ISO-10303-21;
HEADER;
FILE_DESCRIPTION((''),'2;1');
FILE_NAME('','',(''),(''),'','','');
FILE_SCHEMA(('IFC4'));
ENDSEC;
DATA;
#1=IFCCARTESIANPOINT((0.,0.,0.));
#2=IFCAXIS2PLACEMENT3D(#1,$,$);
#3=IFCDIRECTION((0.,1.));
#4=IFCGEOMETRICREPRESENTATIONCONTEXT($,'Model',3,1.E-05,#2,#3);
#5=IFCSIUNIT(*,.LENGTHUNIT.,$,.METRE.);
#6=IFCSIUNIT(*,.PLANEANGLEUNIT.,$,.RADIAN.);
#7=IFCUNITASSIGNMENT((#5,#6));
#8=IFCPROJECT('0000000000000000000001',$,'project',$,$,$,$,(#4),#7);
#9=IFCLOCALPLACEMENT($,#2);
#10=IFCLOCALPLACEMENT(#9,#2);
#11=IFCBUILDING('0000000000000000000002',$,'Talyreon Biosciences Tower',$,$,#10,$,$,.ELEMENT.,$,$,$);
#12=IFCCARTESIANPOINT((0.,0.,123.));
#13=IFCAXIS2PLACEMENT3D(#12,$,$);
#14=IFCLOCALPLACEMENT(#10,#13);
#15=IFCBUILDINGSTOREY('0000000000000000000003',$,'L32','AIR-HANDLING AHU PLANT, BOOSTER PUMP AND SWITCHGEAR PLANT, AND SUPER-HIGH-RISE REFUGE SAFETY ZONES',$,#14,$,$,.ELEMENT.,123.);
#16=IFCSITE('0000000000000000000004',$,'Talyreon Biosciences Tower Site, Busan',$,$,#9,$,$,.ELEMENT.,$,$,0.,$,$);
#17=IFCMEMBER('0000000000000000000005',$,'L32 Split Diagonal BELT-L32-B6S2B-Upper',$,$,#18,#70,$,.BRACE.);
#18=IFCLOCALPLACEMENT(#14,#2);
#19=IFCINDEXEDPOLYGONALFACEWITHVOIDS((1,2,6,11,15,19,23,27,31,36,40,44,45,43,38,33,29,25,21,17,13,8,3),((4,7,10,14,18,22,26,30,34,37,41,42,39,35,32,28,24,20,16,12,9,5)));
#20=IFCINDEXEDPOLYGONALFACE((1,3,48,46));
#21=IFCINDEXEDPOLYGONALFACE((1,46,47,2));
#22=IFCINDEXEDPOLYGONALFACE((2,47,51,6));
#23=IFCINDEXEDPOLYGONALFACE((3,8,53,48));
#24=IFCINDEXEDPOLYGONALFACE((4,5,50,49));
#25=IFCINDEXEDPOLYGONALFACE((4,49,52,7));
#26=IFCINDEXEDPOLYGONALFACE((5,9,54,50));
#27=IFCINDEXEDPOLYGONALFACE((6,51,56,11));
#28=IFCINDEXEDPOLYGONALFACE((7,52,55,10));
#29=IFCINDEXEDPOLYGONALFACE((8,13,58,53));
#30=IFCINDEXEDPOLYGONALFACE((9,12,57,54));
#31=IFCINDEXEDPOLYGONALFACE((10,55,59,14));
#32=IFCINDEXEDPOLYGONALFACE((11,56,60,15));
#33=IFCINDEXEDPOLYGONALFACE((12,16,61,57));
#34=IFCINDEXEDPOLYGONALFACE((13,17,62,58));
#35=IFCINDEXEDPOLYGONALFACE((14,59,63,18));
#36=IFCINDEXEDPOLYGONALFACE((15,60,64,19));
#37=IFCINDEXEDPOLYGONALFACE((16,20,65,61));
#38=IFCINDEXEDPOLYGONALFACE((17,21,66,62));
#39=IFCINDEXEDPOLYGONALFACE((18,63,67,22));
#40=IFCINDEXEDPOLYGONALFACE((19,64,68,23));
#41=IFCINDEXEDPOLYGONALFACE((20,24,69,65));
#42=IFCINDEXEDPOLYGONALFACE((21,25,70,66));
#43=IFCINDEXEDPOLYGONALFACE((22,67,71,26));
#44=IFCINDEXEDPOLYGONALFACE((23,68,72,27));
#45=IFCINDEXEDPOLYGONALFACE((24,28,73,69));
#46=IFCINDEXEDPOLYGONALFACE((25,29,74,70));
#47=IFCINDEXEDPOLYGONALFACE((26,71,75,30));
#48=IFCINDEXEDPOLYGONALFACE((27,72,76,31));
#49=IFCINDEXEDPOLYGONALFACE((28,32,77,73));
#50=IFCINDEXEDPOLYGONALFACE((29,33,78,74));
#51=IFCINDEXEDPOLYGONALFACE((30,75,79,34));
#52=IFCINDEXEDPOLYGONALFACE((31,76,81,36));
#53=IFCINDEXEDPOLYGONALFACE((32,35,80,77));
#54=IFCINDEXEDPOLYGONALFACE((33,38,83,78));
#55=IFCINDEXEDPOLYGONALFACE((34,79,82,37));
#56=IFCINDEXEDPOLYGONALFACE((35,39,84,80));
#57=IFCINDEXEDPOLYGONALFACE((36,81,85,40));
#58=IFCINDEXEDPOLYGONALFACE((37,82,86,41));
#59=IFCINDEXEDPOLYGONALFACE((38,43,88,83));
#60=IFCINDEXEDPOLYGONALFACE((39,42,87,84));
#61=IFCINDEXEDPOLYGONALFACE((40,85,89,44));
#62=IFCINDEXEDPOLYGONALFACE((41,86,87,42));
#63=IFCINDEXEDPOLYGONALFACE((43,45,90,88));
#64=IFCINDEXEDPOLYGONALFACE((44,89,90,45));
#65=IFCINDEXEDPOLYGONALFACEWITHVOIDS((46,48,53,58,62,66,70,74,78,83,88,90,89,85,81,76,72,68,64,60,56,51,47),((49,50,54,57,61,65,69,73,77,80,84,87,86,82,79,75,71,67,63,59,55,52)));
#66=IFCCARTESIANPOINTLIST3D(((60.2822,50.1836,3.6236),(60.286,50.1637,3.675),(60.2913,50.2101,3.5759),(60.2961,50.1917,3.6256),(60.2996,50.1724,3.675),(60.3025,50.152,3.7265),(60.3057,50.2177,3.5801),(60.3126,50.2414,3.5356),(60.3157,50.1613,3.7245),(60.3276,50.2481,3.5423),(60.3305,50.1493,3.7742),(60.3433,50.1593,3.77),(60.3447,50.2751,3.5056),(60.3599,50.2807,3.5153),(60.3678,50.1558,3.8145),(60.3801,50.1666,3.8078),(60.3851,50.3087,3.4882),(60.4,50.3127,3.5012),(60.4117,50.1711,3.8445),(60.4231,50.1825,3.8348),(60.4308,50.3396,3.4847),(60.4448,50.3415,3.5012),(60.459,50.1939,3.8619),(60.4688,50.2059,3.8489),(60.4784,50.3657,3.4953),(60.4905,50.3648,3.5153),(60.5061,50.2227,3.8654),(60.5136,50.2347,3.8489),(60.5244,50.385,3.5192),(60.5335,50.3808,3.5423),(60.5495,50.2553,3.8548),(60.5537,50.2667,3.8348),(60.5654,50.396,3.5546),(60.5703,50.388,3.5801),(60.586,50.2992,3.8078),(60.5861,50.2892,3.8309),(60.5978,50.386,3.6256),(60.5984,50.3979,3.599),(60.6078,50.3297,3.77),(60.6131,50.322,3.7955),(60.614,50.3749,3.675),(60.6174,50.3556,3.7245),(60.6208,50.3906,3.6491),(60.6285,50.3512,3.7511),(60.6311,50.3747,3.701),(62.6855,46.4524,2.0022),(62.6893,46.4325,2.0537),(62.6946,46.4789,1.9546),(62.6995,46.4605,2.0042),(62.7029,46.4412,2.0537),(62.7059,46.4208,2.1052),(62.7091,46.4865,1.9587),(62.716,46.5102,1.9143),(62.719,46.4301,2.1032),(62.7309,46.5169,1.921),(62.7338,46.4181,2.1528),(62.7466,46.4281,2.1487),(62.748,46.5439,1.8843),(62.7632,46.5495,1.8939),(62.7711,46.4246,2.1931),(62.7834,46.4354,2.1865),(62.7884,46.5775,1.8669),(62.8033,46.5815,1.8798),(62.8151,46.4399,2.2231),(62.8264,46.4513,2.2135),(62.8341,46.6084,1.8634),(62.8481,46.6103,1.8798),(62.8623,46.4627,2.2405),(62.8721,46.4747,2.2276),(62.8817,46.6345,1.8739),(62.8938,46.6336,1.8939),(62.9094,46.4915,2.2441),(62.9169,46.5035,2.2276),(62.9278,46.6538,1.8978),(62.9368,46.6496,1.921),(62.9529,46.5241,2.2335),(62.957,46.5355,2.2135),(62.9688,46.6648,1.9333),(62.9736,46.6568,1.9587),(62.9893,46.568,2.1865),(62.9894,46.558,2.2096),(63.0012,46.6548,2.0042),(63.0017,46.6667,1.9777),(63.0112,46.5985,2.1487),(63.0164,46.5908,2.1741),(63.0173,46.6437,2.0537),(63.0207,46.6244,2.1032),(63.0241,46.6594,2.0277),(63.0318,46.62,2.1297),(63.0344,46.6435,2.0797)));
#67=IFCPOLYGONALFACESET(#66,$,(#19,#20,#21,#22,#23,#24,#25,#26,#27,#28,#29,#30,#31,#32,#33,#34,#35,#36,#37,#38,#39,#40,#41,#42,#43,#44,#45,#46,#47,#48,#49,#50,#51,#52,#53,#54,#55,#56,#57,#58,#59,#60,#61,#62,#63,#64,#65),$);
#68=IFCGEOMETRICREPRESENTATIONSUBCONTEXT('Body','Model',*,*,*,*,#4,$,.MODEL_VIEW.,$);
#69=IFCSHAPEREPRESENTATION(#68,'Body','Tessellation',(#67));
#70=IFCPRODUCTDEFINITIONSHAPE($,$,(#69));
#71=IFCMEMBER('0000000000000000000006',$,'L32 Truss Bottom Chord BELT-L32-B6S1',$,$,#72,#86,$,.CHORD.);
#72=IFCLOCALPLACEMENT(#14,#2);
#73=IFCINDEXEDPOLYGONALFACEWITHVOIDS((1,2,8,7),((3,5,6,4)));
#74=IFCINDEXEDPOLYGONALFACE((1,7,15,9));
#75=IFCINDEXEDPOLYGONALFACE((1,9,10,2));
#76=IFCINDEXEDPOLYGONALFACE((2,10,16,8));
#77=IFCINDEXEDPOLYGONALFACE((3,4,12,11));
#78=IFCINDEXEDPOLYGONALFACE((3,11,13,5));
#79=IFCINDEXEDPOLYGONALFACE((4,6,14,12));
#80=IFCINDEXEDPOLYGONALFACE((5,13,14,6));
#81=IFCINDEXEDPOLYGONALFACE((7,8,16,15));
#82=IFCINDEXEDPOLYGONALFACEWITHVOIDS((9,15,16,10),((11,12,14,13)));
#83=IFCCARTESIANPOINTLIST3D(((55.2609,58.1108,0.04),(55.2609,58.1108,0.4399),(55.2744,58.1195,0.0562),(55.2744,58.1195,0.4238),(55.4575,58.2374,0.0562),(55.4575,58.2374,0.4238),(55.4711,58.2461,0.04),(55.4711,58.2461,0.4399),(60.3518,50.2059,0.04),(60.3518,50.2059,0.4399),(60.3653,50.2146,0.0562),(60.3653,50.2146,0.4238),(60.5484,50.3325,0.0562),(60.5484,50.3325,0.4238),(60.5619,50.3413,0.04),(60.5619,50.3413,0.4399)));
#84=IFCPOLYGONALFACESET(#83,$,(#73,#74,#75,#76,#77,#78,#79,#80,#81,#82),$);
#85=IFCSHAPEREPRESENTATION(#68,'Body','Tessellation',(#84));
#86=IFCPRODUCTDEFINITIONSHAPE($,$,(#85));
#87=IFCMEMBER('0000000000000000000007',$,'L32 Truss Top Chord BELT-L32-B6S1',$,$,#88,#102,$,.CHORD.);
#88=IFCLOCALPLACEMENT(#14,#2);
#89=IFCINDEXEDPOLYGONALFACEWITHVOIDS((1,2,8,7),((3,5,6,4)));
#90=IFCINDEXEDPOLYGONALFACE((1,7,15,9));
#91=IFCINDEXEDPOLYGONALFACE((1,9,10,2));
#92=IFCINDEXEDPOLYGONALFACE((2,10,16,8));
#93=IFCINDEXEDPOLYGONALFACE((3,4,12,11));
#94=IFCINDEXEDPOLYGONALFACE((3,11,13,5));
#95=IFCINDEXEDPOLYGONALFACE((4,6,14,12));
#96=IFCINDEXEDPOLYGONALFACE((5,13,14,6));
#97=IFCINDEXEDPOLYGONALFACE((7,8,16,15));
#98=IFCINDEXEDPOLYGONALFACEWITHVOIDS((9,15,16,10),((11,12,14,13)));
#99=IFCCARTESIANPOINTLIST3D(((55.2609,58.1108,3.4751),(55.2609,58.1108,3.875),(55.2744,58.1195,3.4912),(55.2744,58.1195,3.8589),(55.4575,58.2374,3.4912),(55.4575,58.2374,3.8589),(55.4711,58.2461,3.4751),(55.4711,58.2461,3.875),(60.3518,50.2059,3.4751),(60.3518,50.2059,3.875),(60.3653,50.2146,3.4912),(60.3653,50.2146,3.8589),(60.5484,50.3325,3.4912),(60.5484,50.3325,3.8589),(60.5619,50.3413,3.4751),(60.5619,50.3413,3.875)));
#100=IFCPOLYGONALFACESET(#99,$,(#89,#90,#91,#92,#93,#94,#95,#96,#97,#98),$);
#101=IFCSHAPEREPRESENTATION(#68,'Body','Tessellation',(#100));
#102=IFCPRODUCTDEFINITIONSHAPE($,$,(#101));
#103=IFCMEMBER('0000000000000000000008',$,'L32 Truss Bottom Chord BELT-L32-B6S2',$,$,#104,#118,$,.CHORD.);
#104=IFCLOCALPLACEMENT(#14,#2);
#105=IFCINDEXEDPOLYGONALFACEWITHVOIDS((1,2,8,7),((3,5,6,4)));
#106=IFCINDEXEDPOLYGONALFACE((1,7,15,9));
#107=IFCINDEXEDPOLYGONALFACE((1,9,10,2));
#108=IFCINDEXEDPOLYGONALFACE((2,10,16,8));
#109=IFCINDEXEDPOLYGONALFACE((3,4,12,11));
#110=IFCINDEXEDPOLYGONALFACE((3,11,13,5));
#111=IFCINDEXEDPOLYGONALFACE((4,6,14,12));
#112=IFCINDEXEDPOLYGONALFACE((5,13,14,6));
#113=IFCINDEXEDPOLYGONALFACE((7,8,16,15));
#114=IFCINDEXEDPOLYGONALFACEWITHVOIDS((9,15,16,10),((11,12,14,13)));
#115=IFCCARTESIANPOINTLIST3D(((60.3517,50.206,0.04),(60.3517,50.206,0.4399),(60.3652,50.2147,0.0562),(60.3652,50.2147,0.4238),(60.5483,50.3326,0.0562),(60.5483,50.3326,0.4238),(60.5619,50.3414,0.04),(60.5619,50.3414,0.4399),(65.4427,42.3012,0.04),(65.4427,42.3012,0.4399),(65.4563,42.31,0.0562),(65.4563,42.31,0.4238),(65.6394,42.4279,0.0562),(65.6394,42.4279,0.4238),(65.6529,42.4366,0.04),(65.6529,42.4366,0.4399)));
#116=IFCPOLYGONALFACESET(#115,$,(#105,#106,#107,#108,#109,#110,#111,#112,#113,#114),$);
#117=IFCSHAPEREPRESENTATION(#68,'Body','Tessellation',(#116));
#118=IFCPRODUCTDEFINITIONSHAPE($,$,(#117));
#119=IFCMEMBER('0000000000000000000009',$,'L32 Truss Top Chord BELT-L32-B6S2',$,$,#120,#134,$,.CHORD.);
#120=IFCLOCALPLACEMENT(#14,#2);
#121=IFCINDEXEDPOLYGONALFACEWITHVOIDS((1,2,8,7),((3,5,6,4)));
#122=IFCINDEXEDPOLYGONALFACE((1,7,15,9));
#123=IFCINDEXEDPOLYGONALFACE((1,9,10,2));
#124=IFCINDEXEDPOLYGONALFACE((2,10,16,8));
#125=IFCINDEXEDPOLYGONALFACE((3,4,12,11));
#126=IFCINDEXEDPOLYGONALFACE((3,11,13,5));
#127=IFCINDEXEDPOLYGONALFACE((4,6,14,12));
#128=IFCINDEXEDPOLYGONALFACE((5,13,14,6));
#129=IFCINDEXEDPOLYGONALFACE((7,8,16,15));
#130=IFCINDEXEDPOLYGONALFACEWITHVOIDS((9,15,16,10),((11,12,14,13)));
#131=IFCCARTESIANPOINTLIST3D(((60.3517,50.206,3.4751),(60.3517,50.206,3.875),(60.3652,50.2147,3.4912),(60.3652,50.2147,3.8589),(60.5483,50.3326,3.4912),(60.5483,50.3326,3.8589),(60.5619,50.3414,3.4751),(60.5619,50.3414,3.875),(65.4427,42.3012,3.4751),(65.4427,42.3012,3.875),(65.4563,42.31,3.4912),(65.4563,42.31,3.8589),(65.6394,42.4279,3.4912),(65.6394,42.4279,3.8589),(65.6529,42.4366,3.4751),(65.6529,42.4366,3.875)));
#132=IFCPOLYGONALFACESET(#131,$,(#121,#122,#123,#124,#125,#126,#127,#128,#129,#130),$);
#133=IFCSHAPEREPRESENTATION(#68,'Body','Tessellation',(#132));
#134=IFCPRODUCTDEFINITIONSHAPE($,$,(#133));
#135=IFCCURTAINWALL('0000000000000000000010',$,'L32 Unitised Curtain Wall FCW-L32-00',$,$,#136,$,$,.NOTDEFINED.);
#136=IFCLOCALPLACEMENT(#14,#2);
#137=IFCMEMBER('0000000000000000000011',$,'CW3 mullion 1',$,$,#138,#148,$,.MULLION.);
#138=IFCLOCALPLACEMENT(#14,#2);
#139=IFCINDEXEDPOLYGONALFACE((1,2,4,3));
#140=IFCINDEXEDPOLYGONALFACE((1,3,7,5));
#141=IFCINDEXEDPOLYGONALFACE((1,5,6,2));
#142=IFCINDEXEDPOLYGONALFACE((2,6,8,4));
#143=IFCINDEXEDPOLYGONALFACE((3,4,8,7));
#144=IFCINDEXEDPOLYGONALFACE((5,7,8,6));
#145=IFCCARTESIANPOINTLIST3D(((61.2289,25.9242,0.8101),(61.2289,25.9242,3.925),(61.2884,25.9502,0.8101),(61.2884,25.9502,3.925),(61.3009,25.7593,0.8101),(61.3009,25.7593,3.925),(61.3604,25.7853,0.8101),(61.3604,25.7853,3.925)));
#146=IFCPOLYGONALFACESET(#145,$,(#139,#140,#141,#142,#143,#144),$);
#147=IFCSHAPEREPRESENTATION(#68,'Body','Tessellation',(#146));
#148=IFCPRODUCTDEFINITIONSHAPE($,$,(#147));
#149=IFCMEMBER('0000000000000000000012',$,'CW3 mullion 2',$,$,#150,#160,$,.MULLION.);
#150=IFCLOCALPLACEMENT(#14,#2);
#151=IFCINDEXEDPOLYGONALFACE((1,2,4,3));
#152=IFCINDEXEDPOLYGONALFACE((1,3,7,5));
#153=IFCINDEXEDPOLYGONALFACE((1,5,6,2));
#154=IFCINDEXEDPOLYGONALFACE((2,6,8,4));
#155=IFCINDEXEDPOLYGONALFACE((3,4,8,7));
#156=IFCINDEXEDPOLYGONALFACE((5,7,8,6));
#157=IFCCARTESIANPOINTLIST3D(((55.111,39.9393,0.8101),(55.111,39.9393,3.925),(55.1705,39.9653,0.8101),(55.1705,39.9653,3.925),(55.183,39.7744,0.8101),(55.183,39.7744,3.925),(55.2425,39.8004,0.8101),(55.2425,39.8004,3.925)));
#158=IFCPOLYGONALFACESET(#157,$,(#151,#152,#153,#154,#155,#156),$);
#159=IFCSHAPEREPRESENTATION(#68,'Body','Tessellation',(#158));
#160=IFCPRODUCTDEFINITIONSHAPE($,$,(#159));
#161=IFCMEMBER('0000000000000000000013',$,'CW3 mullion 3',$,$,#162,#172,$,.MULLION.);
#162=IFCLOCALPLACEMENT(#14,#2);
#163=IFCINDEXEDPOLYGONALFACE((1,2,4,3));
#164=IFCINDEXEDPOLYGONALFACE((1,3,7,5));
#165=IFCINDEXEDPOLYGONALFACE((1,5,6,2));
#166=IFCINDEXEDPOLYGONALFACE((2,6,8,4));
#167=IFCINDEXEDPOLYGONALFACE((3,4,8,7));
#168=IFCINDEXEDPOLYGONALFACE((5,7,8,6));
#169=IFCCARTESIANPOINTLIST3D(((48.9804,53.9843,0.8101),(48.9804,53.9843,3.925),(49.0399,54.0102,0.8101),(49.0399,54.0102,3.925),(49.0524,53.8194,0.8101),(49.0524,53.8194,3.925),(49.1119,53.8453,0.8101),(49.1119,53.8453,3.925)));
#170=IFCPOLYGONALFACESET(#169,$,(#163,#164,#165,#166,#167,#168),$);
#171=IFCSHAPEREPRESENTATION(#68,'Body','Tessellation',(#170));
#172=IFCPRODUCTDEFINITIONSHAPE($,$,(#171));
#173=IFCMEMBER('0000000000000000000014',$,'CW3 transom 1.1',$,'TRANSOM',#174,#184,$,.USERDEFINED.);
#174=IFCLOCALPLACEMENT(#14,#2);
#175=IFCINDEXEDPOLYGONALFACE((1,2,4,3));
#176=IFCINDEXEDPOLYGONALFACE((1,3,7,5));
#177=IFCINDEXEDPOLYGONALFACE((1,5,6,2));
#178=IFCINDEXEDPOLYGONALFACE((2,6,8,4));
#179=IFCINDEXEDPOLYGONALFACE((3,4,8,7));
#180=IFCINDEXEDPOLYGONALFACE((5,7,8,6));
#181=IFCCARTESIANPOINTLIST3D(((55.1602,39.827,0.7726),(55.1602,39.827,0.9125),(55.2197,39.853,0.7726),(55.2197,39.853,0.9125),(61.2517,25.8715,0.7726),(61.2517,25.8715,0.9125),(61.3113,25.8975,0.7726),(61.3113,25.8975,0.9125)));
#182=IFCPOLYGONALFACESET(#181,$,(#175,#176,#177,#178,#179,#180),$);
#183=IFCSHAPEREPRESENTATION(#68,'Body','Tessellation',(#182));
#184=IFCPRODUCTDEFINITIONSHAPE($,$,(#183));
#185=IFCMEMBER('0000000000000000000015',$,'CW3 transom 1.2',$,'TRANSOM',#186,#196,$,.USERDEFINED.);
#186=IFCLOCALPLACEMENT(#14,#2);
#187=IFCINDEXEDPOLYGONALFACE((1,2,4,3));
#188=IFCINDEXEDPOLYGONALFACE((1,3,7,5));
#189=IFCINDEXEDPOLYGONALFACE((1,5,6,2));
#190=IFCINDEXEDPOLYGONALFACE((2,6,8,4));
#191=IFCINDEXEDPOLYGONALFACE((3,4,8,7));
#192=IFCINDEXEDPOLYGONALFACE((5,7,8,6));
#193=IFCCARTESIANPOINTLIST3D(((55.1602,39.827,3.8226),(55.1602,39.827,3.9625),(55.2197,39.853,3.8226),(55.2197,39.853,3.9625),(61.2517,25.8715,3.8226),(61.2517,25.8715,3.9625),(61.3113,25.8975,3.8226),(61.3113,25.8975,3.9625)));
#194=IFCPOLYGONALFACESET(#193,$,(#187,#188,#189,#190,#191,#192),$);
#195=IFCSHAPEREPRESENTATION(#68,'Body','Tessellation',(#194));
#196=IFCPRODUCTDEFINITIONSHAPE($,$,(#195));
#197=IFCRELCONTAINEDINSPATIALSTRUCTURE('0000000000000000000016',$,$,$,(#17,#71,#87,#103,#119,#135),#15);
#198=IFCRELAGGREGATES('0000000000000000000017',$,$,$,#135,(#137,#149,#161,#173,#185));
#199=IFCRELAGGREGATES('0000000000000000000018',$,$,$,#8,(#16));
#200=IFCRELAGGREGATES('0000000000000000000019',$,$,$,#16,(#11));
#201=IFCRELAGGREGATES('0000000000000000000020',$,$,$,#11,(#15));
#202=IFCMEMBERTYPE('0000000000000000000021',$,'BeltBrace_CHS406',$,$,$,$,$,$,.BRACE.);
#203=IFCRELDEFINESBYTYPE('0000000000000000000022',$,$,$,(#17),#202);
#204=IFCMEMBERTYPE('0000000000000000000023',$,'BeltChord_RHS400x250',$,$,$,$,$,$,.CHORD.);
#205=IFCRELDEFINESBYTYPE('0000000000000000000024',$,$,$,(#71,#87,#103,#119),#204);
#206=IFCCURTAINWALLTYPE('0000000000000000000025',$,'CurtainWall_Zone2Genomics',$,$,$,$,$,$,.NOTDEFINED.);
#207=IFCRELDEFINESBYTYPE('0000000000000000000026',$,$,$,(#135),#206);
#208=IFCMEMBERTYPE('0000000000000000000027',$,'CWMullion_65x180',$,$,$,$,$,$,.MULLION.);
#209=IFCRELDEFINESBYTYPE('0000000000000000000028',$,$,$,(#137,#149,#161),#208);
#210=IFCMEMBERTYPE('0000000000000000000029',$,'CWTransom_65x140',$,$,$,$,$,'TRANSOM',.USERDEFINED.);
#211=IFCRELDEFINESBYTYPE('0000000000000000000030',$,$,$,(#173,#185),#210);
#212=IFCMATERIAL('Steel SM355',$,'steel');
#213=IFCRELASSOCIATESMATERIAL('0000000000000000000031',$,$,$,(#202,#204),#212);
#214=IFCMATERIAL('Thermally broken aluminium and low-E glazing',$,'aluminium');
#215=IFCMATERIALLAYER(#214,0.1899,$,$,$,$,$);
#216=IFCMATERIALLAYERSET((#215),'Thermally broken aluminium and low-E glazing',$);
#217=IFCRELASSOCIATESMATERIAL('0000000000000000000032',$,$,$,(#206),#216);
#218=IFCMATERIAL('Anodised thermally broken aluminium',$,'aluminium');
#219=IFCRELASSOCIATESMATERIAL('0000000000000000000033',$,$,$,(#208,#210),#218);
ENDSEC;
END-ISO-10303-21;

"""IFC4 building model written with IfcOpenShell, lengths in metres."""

from ifc_helpers import new_model, si_unit, direction, frame, origin, origin_2d, place, context, subcontext, project, spatial, rectangle, hollow_rectangle, hollow_circle, extrude, material, layer, layer_set, material_profile, profile_set, type_object, element, aggregate, save


model = new_model("IFC4")

# Units and contexts
model_context = context("Model", 3, precision=1e-05, world=origin(), true_north=direction((0.0, 1.0)))
body_context = subcontext(model_context, "Body", "Model", "MODEL_VIEW")
ifc_project = project(units=[si_unit("LENGTHUNIT", "METRE"), si_unit("PLANEANGLEUNIT", "RADIAN")], contexts=[model_context])

# Site, building, storey
site_placement = place(None, origin())
site = spatial("IfcSite", under=ifc_project, at=site_placement, Name="Talyreon Biosciences Tower Site, Busan", CompositionType="ELEMENT", RefElevation=0.0)
building_placement = place(site_placement, origin())
building = spatial("IfcBuilding", under=site, at=building_placement, Name="Talyreon Biosciences Tower", CompositionType="ELEMENT")
storey_placement = place(building_placement, frame((0.0, 0.0, 123.0)))
storey = spatial("IfcBuildingStorey", under=building, at=storey_placement, Name="L32", Description="AIR-HANDLING AHU PLANT, BOOSTER PUMP AND SWITCHGEAR PLANT, AND SUPER-HIGH-RISE REFUGE SAFETY ZONES", CompositionType="ELEMENT", Elevation=123.0)

# Members
ifc_material_1 = material(Name="Steel SM355", Category="steel")
ifc_material_profile_1 = material_profile(ifc_material_1, hollow_circle(Radius=0.2031, WallThickness=0.0161, at=origin_2d()), Name="CHS 406.4x16")
ifc_profile_set_1 = profile_set([ifc_material_profile_1], Name="Steel SM355")
member_type_1 = type_object("IfcMemberType", Name="BeltBrace_CHS406", PredefinedType="BRACE", material=ifc_profile_set_1)
member_1_placement = place(storey_placement, frame((62.8601, 46.5425, 2.0537), z_axis=(-0.508629, 0.789656, 0.343133), x_axis=(-0.840697, -0.541505, 0.0)))
element("IfcMember", 1, at=member_1_placement, inside=storey, type_object=member_type_1, Name="L32 Split Diagonal BELT-L32-B6S2B-Upper", PredefinedType="BRACE", context=body_context, shape_type="SweptSolid", body=[
    extrude(hollow_circle(Radius=0.2031, WallThickness=0.0161, at=origin_2d()), origin(), (0.0, 0.0, 1.0), 4.7251),
])
ifc_material_profile_2 = material_profile(ifc_material_1, hollow_rectangle(XDim=0.25, YDim=0.3999, WallThickness=0.0161, at=origin_2d()), Name="RHS 400x250x16")
ifc_profile_set_2 = profile_set([ifc_material_profile_2], Name="Steel SM355")
member_type_2 = type_object("IfcMemberType", Name="BeltChord_RHS400x250", PredefinedType="CHORD", material=ifc_profile_set_2)
for number, where, z_axis, x_axis, name in (
    (2, (55.366, 58.1785, 0.24), (0.541448, -0.840734, 0.0), (0.840734, 0.541448, 0.0), "L32 Truss Bottom Chord BELT-L32-B6S1"),
    (3, (55.366, 58.1785, 3.675), (0.541448, -0.840734, 0.0), (0.840734, 0.541448, 0.0), "L32 Truss Top Chord BELT-L32-B6S1"),
    (4, (60.4568, 50.2737, 0.24), (0.541466, -0.840723, 0.0), (0.840723, 0.541466, 0.0), "L32 Truss Bottom Chord BELT-L32-B6S2"),
    (5, (60.4568, 50.2737, 3.675), (0.541466, -0.840723, 0.0), (0.840723, 0.541466, 0.0), "L32 Truss Top Chord BELT-L32-B6S2"),
):
    element("IfcMember", number, at=place(storey_placement, frame(where, z_axis=z_axis, x_axis=x_axis)), inside=storey, type_object=member_type_2, Name=name, PredefinedType="CHORD", context=body_context, shape_type="SweptSolid", body=[
        extrude(hollow_rectangle(XDim=0.25, YDim=0.3999, WallThickness=0.0161, at=origin_2d()), origin(), (0.0, 0.0, 1.0), 9.4023),
    ])

# Curtain wall, members
ifc_material_2 = material(Name="Thermally broken aluminium and low-E glazing", Category="aluminium")
ifc_layer_1 = layer(ifc_material_2, 0.1899)
ifc_layer_set_1 = layer_set([ifc_layer_1], Name="Thermally broken aluminium and low-E glazing")
curtain_wall_type = type_object("IfcCurtainWallType", Name="CurtainWall_Zone2Genomics", PredefinedType="NOTDEFINED", material=ifc_layer_set_1)
curtain_wall_placement = place(storey_placement, origin())
curtain_wall = element("IfcCurtainWall", 6, at=curtain_wall_placement, inside=storey, type_object=curtain_wall_type, Name="L32 Unitised Curtain Wall FCW-L32-00", PredefinedType="NOTDEFINED")
ifc_material_3 = material(Name="Anodised thermally broken aluminium", Category="aluminium")
ifc_material_profile_3 = material_profile(ifc_material_3, rectangle(XDim=0.0649, YDim=0.1799, at=origin_2d()), Name="ALUM MULLION 65x180")
ifc_profile_set_3 = profile_set([ifc_material_profile_3], Name="Anodised thermally broken aluminium")
member_type_3 = type_object("IfcMemberType", Name="CWMullion_65x180", PredefinedType="MULLION", material=ifc_profile_set_3)
member_2_placement = place(storey_placement, frame((61.2947, 25.8547, 0.8101), z_axis=(0.0, 0.0, 1.0), x_axis=(-0.91649, -0.400058, 0.0)))
member_2 = element("IfcMember", 7, at=member_2_placement, type_object=member_type_3, Name="CW3 mullion 1", PredefinedType="MULLION", context=body_context, shape_type="SweptSolid", body=[
    extrude(rectangle(XDim=0.0649, YDim=0.1799, at=origin_2d()), origin(), (0.0, 0.0, 1.0), 3.115),
])
member_3_placement = place(storey_placement, frame((55.1768, 39.8699, 0.8101), z_axis=(0.0, 0.0, 1.0), x_axis=(-0.91649, -0.400058, 0.0)))
member_3 = element("IfcMember", 8, at=member_3_placement, type_object=member_type_3, Name="CW3 mullion 2", PredefinedType="MULLION", context=body_context, shape_type="SweptSolid", body=[
    extrude(rectangle(XDim=0.0649, YDim=0.1799, at=origin_2d()), origin(), (0.0, 0.0, 1.0), 3.115),
])
member_4_placement = place(storey_placement, frame((49.0461, 53.9148, 0.8101), z_axis=(0.0, 0.0, 1.0), x_axis=(-0.91649, -0.400058, 0.0)))
member_4 = element("IfcMember", 9, at=member_4_placement, type_object=member_type_3, Name="CW3 mullion 3", PredefinedType="MULLION", context=body_context, shape_type="SweptSolid", body=[
    extrude(rectangle(XDim=0.0649, YDim=0.1799, at=origin_2d()), origin(), (0.0, 0.0, 1.0), 3.115),
])
ifc_material_profile_4 = material_profile(ifc_material_3, rectangle(XDim=0.0649, YDim=0.1399, at=origin_2d()), Name="ALUM TRANSOM 65x140")
ifc_profile_set_4 = profile_set([ifc_material_profile_4], Name="Anodised thermally broken aluminium")
member_type_4 = type_object("IfcMemberType", Name="CWTransom_65x140", ElementType="TRANSOM", PredefinedType="USERDEFINED", material=ifc_profile_set_4)
member_5_placement = place(storey_placement, frame((61.2815, 25.8845, 0.8425), z_axis=(-0.400047, 0.916495, 0.0), x_axis=(-0.916495, -0.400047, 0.0)))
member_5 = element("IfcMember", 10, at=member_5_placement, type_object=member_type_4, Name="CW3 transom 1.1", ObjectType="TRANSOM", PredefinedType="USERDEFINED", context=body_context, shape_type="SweptSolid", body=[
    extrude(rectangle(XDim=0.0649, YDim=0.1399, at=origin_2d()), origin(), (0.0, 0.0, 1.0), 15.2271),
])
member_6_placement = place(storey_placement, frame((61.2815, 25.8845, 3.8926), z_axis=(-0.400047, 0.916495, 0.0), x_axis=(-0.916495, -0.400047, 0.0)))
member_6 = element("IfcMember", 11, at=member_6_placement, type_object=member_type_4, Name="CW3 transom 1.2", ObjectType="TRANSOM", PredefinedType="USERDEFINED", context=body_context, shape_type="SweptSolid", body=[
    extrude(rectangle(XDim=0.0649, YDim=0.1399, at=origin_2d()), origin(), (0.0, 0.0, 1.0), 15.2271),
])

aggregate(curtain_wall, [member_2, member_3, member_4, member_5, member_6])

save(model, "model.ifc")
